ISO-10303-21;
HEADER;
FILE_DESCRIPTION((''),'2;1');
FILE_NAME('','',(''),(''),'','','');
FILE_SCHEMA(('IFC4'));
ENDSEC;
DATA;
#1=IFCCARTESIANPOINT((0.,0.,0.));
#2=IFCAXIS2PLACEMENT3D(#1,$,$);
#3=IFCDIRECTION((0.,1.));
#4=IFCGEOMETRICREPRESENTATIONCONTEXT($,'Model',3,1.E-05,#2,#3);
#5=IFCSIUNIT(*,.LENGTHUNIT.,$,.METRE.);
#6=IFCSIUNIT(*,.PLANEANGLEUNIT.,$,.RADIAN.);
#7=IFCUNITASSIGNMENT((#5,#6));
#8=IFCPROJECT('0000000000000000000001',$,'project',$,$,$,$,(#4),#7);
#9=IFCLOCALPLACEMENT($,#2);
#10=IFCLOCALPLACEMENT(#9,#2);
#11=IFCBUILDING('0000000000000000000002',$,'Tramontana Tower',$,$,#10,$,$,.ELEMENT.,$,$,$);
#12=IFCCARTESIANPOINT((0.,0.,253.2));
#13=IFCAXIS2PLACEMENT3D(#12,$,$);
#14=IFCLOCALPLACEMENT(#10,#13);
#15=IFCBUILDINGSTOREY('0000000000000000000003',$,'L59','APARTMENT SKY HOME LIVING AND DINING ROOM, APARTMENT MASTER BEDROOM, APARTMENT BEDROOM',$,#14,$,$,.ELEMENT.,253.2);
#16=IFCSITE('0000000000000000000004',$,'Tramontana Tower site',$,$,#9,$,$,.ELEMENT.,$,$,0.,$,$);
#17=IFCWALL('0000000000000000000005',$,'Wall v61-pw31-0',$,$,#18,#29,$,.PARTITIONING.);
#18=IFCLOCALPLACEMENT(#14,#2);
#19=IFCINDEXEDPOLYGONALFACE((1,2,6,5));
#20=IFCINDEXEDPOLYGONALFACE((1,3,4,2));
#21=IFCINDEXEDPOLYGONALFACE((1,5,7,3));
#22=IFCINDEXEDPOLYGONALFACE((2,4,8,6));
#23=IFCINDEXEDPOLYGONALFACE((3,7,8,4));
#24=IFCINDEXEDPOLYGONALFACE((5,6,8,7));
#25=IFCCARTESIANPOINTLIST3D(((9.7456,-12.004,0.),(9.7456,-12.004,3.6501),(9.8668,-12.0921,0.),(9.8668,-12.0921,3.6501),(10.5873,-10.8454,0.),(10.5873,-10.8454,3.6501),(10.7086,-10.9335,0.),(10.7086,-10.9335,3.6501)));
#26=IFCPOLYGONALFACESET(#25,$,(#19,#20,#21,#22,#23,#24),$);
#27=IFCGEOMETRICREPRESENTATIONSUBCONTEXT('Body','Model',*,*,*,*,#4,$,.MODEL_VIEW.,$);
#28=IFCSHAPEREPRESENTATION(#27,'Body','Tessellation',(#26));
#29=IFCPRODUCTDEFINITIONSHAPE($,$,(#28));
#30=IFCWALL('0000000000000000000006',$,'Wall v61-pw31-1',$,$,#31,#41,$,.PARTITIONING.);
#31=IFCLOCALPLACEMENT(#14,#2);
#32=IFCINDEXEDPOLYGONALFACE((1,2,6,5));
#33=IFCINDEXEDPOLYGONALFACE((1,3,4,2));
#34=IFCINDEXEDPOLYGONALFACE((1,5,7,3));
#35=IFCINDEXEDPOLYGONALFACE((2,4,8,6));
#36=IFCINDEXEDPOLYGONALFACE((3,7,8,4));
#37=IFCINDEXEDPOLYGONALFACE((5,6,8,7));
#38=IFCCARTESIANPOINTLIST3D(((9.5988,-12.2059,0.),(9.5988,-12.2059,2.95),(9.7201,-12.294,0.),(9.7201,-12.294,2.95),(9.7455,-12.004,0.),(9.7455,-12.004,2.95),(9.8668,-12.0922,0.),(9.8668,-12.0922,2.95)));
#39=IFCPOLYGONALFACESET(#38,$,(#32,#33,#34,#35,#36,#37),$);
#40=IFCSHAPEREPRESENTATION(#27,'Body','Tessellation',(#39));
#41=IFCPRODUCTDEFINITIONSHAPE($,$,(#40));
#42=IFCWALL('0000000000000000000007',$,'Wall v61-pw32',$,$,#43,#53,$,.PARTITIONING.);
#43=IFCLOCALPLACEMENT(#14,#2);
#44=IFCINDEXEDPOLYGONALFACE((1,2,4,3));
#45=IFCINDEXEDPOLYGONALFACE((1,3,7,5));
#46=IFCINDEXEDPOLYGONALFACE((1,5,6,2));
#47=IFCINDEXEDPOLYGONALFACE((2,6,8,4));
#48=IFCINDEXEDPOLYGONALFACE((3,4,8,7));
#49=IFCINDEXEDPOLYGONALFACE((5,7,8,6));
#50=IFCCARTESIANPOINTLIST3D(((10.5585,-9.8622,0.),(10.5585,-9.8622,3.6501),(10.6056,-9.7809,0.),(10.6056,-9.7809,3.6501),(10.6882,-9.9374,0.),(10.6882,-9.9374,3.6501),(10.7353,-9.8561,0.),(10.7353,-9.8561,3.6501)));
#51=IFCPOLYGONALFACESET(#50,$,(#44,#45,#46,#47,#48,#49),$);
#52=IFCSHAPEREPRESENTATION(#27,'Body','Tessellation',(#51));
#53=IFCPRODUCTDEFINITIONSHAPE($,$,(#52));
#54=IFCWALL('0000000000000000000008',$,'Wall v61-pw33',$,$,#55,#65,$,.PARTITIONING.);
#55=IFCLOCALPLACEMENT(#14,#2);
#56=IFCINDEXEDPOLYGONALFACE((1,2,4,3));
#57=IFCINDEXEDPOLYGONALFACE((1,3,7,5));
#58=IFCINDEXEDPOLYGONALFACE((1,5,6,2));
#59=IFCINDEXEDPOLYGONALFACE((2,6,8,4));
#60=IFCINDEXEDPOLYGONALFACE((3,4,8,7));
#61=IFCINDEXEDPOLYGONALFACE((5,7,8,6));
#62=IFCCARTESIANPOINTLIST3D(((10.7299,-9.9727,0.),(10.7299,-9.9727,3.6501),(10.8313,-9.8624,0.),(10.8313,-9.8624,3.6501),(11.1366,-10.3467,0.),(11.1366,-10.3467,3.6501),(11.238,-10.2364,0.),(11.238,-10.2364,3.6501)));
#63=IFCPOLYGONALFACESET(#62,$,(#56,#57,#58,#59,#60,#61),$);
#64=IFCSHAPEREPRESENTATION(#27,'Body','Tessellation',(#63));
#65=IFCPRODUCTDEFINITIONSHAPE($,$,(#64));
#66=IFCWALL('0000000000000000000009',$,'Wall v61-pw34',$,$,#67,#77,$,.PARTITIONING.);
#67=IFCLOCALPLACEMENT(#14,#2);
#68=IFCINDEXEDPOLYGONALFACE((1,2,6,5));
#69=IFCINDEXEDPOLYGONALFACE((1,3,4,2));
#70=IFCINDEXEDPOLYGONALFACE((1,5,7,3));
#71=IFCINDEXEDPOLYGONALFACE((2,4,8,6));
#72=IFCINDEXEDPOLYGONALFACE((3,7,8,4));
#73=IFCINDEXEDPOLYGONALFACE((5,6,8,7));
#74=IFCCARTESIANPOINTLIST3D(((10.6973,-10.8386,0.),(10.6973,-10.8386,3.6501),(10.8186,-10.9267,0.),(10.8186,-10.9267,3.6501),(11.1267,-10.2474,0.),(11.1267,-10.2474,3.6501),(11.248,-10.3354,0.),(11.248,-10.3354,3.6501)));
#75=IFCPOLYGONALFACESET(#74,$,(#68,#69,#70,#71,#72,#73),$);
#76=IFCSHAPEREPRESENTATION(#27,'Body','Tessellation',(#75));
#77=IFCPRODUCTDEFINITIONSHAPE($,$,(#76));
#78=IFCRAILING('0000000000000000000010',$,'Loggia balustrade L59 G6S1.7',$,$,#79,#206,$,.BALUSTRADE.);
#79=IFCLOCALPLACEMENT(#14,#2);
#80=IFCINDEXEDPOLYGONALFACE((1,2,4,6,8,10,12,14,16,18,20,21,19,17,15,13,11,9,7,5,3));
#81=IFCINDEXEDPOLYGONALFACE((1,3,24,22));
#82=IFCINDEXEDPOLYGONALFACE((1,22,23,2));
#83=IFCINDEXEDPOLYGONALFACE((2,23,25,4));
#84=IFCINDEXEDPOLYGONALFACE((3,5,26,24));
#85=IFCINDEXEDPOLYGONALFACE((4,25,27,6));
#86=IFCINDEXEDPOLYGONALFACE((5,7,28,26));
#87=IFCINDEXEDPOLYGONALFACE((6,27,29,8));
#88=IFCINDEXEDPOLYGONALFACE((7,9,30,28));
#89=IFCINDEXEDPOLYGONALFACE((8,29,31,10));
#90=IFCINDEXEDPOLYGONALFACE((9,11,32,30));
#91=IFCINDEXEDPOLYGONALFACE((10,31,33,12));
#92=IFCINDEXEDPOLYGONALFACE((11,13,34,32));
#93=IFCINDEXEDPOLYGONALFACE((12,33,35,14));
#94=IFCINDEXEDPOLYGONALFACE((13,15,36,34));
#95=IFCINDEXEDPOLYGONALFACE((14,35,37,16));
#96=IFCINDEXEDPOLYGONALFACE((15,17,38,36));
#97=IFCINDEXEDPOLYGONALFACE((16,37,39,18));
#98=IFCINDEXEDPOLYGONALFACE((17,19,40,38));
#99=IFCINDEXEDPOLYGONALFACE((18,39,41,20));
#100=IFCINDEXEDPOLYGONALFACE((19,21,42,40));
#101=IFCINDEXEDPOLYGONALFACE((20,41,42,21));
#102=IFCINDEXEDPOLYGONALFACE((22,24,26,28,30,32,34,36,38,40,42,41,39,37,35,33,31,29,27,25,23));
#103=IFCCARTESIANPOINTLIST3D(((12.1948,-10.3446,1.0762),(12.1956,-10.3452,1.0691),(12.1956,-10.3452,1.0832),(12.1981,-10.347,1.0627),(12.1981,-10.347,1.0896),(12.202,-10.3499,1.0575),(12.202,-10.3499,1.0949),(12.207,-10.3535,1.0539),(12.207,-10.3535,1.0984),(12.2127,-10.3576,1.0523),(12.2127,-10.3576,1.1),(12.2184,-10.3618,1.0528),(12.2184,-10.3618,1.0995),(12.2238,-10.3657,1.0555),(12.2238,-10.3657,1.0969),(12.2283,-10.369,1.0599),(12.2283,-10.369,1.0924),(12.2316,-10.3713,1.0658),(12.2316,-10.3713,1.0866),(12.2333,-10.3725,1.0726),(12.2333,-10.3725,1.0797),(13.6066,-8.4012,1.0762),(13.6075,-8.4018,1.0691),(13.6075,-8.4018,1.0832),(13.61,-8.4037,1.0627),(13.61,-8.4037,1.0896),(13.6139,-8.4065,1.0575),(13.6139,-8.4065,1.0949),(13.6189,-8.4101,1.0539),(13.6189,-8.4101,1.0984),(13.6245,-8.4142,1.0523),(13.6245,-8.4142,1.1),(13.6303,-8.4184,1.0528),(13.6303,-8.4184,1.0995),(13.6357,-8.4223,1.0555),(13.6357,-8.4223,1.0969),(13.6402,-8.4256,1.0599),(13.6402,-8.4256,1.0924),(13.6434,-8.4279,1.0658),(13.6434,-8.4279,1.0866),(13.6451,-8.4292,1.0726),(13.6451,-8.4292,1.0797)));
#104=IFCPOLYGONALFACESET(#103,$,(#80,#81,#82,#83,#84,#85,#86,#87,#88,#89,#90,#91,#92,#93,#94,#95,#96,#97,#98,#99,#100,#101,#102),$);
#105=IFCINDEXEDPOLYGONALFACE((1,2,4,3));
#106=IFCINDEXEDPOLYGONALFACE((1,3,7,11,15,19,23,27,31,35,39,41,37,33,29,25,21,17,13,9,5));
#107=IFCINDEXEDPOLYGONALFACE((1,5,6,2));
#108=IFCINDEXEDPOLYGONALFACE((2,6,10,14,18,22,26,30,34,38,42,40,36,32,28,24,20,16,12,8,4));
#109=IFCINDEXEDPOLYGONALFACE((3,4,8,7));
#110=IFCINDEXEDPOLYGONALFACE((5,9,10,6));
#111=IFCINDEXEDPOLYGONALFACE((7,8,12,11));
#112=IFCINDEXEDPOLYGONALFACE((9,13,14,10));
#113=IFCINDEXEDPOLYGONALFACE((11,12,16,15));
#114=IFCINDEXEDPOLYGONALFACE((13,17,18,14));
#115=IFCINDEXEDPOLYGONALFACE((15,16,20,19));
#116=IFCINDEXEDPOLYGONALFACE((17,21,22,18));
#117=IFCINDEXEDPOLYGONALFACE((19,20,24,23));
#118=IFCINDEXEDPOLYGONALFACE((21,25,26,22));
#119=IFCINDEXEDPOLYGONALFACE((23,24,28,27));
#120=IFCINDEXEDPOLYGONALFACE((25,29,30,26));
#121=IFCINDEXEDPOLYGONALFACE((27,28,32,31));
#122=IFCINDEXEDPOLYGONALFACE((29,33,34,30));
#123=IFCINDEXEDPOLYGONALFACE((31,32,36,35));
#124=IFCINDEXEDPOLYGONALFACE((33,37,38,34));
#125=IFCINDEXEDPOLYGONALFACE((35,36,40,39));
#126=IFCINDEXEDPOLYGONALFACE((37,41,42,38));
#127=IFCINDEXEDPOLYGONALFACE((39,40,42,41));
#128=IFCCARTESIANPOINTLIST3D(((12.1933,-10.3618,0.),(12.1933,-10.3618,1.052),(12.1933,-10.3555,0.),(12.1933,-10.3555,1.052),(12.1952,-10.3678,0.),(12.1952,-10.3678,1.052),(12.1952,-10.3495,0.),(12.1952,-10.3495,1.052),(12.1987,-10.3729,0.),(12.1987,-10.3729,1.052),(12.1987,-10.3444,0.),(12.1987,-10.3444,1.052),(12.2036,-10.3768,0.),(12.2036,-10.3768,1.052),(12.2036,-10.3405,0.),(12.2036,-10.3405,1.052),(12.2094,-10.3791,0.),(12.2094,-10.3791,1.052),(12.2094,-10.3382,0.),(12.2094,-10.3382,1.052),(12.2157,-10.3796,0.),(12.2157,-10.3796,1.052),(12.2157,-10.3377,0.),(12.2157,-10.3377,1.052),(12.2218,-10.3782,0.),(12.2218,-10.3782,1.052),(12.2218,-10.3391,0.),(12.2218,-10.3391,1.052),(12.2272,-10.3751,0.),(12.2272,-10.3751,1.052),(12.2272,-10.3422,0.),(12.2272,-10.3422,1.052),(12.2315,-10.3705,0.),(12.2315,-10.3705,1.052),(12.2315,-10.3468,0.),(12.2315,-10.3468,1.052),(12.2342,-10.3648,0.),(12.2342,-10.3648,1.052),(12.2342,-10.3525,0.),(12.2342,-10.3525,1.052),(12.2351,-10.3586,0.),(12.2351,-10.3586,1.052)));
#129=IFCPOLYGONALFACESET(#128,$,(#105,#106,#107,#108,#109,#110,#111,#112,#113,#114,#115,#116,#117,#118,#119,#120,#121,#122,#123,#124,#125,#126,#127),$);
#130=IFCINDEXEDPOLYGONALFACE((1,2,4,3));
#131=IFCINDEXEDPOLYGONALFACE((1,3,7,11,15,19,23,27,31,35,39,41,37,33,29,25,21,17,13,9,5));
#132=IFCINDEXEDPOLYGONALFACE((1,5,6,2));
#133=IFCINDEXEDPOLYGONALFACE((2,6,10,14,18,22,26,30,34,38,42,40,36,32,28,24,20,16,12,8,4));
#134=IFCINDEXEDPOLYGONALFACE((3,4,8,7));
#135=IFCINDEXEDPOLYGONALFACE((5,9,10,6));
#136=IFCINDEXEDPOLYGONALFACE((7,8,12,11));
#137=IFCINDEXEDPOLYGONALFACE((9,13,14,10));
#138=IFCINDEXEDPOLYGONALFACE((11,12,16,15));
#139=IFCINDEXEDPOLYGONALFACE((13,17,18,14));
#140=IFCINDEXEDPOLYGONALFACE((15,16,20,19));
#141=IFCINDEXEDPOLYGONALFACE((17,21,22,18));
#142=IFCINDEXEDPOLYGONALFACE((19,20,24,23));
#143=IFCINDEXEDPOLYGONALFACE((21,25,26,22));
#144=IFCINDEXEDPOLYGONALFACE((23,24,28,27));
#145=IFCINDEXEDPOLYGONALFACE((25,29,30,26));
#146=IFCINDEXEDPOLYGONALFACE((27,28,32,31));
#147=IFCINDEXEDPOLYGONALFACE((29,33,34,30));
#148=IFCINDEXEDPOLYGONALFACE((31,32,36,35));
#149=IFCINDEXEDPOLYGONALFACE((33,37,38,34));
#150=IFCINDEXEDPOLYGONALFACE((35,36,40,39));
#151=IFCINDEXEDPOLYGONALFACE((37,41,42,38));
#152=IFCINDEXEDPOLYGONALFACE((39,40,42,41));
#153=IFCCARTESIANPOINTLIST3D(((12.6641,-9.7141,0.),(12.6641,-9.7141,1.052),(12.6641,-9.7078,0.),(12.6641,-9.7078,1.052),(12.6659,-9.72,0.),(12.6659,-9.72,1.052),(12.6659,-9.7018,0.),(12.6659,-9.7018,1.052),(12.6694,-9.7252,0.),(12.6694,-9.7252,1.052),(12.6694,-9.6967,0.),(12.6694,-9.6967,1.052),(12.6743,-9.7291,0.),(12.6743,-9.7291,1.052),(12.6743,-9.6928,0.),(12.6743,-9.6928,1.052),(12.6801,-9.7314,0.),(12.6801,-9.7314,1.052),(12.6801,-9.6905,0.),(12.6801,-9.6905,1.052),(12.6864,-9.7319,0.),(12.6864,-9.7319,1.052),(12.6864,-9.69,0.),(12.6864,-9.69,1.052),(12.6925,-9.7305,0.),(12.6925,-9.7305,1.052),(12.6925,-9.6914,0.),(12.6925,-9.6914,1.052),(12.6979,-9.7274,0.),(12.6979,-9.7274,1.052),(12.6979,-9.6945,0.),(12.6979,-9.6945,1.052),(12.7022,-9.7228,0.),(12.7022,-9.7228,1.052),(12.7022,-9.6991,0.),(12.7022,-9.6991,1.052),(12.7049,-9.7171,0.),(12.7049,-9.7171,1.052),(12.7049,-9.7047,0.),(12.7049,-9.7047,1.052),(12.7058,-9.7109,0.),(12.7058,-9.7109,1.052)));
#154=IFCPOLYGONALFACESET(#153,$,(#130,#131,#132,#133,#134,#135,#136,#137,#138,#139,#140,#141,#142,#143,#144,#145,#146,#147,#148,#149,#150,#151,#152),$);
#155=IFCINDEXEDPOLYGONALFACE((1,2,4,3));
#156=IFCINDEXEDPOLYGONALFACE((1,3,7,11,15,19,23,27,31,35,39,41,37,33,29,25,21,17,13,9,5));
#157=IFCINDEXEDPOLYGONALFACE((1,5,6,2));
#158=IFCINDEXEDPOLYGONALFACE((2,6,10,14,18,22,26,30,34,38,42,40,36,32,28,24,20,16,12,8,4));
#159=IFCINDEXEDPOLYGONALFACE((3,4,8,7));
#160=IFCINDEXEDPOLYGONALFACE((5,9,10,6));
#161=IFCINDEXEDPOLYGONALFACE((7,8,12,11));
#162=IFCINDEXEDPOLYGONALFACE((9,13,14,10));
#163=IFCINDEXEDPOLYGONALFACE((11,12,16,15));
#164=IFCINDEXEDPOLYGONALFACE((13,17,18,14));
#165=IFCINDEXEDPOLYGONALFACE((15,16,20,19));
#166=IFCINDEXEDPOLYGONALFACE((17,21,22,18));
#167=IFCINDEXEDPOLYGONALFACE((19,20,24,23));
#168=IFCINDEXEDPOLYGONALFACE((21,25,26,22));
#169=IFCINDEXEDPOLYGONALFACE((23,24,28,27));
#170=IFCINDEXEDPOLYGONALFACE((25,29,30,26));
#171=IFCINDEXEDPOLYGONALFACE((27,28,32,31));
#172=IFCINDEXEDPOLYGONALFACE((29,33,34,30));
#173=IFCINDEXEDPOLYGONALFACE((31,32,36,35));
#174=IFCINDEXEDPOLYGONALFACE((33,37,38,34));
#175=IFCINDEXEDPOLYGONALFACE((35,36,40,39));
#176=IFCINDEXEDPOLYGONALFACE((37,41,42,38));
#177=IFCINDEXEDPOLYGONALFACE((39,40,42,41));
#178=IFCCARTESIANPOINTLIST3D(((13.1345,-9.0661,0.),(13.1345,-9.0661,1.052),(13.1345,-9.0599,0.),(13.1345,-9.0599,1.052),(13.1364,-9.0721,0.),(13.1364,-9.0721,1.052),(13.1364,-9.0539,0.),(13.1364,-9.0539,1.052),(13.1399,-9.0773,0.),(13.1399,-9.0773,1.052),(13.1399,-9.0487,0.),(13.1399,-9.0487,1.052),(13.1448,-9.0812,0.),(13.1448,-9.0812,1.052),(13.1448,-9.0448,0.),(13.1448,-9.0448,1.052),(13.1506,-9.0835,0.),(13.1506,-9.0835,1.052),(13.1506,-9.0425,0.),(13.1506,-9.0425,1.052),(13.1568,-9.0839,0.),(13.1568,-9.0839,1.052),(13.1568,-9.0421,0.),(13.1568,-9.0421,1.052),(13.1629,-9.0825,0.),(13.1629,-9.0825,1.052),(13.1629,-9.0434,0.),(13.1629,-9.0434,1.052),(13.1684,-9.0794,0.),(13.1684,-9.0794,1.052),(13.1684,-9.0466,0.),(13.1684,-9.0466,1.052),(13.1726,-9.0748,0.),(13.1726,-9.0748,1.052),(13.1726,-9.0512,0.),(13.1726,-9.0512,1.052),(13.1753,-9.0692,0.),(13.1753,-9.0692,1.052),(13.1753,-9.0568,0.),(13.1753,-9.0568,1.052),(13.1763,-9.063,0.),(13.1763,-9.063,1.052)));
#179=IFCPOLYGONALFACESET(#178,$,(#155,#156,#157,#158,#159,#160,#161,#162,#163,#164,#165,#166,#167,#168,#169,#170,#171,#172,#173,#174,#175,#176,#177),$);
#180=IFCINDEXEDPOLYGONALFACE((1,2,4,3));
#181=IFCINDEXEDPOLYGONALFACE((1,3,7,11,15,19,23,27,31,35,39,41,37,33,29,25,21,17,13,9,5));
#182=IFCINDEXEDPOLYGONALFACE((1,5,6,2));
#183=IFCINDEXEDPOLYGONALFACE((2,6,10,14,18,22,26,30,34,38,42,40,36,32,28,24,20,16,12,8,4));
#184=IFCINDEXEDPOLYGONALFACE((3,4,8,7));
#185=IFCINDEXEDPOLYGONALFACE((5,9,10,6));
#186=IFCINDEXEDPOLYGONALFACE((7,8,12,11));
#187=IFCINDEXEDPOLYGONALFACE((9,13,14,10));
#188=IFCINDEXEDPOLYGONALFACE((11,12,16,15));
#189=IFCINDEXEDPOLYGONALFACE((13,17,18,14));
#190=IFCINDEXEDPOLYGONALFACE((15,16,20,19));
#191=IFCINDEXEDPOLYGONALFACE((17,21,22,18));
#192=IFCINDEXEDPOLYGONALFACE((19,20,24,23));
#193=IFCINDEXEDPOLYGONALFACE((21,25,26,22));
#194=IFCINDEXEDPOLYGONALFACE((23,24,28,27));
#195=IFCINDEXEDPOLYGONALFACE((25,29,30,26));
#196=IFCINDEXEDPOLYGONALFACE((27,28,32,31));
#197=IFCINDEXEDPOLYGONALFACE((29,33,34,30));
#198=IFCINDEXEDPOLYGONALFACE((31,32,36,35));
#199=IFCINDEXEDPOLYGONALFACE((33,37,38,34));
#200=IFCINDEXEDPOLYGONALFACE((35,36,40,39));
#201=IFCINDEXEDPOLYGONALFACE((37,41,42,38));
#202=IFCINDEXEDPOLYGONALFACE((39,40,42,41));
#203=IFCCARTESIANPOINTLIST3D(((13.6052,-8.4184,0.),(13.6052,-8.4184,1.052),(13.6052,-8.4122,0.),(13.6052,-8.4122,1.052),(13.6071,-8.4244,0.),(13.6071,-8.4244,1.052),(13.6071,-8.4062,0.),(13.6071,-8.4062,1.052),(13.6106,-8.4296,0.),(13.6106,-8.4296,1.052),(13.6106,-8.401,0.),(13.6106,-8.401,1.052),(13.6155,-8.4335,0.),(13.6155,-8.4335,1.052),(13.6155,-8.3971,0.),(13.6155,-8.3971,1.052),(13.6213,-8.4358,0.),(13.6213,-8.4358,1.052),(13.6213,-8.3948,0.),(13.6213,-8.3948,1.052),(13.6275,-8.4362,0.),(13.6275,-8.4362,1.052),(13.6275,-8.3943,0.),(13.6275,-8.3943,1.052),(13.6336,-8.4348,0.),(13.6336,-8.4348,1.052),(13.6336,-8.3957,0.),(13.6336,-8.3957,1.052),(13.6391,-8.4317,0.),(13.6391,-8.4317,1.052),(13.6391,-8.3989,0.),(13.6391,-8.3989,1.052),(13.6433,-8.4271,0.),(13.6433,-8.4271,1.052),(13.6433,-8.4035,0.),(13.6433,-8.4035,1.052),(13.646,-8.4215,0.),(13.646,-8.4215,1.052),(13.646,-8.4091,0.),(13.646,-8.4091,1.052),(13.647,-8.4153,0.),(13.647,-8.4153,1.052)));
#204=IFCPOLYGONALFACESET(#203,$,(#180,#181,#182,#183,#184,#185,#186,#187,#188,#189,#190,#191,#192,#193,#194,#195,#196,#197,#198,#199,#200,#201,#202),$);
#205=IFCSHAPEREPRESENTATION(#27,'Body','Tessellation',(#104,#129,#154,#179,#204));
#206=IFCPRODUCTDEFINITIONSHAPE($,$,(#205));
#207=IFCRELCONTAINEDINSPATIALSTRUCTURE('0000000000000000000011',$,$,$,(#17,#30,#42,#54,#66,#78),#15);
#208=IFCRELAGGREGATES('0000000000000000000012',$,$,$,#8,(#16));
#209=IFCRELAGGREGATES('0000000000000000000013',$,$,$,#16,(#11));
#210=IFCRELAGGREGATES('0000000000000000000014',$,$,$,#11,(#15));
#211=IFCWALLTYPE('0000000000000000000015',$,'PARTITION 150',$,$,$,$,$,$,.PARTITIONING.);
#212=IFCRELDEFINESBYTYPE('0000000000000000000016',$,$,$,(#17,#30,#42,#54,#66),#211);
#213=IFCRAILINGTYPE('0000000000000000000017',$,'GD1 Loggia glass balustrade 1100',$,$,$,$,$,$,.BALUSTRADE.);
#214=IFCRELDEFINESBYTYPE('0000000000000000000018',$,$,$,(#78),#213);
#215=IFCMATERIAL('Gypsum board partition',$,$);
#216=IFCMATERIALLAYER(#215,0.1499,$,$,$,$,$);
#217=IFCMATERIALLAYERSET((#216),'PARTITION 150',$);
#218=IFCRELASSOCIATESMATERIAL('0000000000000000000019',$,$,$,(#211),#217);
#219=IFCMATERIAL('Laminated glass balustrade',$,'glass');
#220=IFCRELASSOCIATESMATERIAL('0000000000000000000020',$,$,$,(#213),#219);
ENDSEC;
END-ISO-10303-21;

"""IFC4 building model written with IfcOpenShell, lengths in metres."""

from ifc_helpers import new_model, si_unit, direction, frame, frame_2d, origin, origin_2d, place, context, subcontext, project, spatial, rectangle, circle, extrude, material, layer, layer_set, type_object, element, save


model = new_model("IFC4")

# Units and contexts
model_context = context("Model", 3, precision=1e-05, world=origin(), true_north=direction((0.0, 1.0)))
body_context = subcontext(model_context, "Body", "Model", "MODEL_VIEW")
ifc_project = project(units=[si_unit("LENGTHUNIT", "METRE"), si_unit("PLANEANGLEUNIT", "RADIAN")], contexts=[model_context])

# Site, building, storey
site_placement = place(None, origin())
site = spatial("IfcSite", under=ifc_project, at=site_placement, Name="Tramontana Tower site", CompositionType="ELEMENT", RefElevation=0.0)
building_placement = place(site_placement, origin())
building = spatial("IfcBuilding", under=site, at=building_placement, Name="Tramontana Tower", CompositionType="ELEMENT")
storey_placement = place(building_placement, frame((0.0, 0.0, 253.2)))
storey = spatial("IfcBuildingStorey", under=building, at=storey_placement, Name="L59", Description="APARTMENT SKY HOME LIVING AND DINING ROOM, APARTMENT MASTER BEDROOM, APARTMENT BEDROOM", CompositionType="ELEMENT", Elevation=253.2)

# Shared definitions
ifc_material_1 = material(Name="Gypsum board partition")
ifc_layer_1 = layer(ifc_material_1, 0.1499)
ifc_layer_set_1 = layer_set([ifc_layer_1], Name="PARTITION 150")
wall_type_1 = type_object("IfcWallType", Name="PARTITION 150", PredefinedType="PARTITIONING", material=ifc_layer_set_1)

# Walls
wall_1_placement = place(storey_placement, frame((10.6479, -10.8894, 0.0), z_axis=(0.0, 0.0, 1.0), x_axis=(-0.587766, -0.809031, 0.0)))
element("IfcWall", 1, at=wall_1_placement, inside=storey, type_object=wall_type_1, Name="Wall v61-pw31-0", PredefinedType="PARTITIONING", context=body_context, shape_type="SweptSolid", body=[
    extrude(rectangle(XDim=1.4321, YDim=0.1499, at=frame_2d((0.7161, 0.0))), origin(), (0.0, 0.0, 1.0), 3.6501),
])
wall_2_placement = place(storey_placement, frame((9.8062, -12.0481, 0.0), z_axis=(0.0, 0.0, 1.0), x_axis=(-0.587881, -0.808948, 0.0)))
element("IfcWall", 2, at=wall_2_placement, inside=storey, type_object=wall_type_1, Name="Wall v61-pw31-1", PredefinedType="PARTITIONING", context=body_context, shape_type="SweptSolid", body=[
    extrude(rectangle(XDim=0.2495, YDim=0.1499, at=frame_2d((0.1248, 0.0))), origin(), (0.0, 0.0, 1.0), 2.95),
])
wall_3_placement = place(storey_placement, frame((10.6704, -9.8186, 0.0), z_axis=(0.0, 0.0, 1.0), x_axis=(-0.501446, -0.865189, 0.0)))
element("IfcWall", 3, at=wall_3_placement, inside=storey, type_object=wall_type_1, Name="Wall v61-pw32", PredefinedType="PARTITIONING", context=body_context, shape_type="SweptSolid", body=[
    extrude(rectangle(XDim=0.094, YDim=0.1499, at=frame_2d((0.0469, 0.0))), origin(), (0.0, 0.0, 1.0), 3.6501),
])
wall_4_placement = place(storey_placement, frame((10.7805, -9.9175, 0.0), z_axis=(0.0, 0.0, 1.0), x_axis=(0.736089, -0.676884, 0.0)))
element("IfcWall", 4, at=wall_4_placement, inside=storey, type_object=wall_type_1, Name="Wall v61-pw33", PredefinedType="PARTITIONING", context=body_context, shape_type="SweptSolid", body=[
    extrude(rectangle(XDim=0.5525, YDim=0.1499, at=frame_2d((0.2764, 0.0))), origin(), (0.0, 0.0, 1.0), 3.6501),
])
wall_5_placement = place(storey_placement, frame((11.1873, -10.2915, 0.0), z_axis=(0.0, 0.0, 1.0), x_axis=(-0.587635, -0.809126, 0.0)))
element("IfcWall", 5, at=wall_5_placement, inside=storey, type_object=wall_type_1, Name="Wall v61-pw34", PredefinedType="PARTITIONING", context=body_context, shape_type="SweptSolid", body=[
    extrude(rectangle(XDim=0.7307, YDim=0.1499, at=frame_2d((0.3652, 0.0))), origin(), (0.0, 0.0, 1.0), 3.6501),
])

# Railing
ifc_material_2 = material(Name="Laminated glass balustrade", Category="glass")
railing_type = type_object("IfcRailingType", Name="GD1 Loggia glass balustrade 1100", PredefinedType="BALUSTRADE", material=ifc_material_2)
railing_placement = place(storey_placement, frame((12.2141, -10.3586, 0.0)))
element("IfcRailing", 6, at=railing_placement, inside=storey, type_object=railing_type, Name="Loggia balustrade L59 G6S1.7", PredefinedType="BALUSTRADE", context=body_context, shape_type="SweptSolid", body=[
    extrude(circle(Radius=0.0239, at=origin_2d()), frame((0.0, 0.0, 1.0762), z_axis=(0.587767, 0.80903, 0.0), x_axis=(-0.80903, 0.587767, 0.0)), (0.0, 0.0, 1.0), 2.4021),
    extrude(circle(Radius=0.021, at=origin_2d()), origin(), (0.0, 0.0, 1.0), 1.052),
    extrude(circle(Radius=0.021, at=origin_2d()), frame((0.4707, 0.6477, 0.0)), (0.0, 0.0, 1.0), 1.052),
    extrude(circle(Radius=0.021, at=origin_2d()), frame((0.9412, 1.2957, 0.0)), (0.0, 0.0, 1.0), 1.052),
    extrude(circle(Radius=0.021, at=origin_2d()), frame((1.4119, 1.9434, 0.0)), (0.0, 0.0, 1.0), 1.052),
])

save(model, "model.ifc")
